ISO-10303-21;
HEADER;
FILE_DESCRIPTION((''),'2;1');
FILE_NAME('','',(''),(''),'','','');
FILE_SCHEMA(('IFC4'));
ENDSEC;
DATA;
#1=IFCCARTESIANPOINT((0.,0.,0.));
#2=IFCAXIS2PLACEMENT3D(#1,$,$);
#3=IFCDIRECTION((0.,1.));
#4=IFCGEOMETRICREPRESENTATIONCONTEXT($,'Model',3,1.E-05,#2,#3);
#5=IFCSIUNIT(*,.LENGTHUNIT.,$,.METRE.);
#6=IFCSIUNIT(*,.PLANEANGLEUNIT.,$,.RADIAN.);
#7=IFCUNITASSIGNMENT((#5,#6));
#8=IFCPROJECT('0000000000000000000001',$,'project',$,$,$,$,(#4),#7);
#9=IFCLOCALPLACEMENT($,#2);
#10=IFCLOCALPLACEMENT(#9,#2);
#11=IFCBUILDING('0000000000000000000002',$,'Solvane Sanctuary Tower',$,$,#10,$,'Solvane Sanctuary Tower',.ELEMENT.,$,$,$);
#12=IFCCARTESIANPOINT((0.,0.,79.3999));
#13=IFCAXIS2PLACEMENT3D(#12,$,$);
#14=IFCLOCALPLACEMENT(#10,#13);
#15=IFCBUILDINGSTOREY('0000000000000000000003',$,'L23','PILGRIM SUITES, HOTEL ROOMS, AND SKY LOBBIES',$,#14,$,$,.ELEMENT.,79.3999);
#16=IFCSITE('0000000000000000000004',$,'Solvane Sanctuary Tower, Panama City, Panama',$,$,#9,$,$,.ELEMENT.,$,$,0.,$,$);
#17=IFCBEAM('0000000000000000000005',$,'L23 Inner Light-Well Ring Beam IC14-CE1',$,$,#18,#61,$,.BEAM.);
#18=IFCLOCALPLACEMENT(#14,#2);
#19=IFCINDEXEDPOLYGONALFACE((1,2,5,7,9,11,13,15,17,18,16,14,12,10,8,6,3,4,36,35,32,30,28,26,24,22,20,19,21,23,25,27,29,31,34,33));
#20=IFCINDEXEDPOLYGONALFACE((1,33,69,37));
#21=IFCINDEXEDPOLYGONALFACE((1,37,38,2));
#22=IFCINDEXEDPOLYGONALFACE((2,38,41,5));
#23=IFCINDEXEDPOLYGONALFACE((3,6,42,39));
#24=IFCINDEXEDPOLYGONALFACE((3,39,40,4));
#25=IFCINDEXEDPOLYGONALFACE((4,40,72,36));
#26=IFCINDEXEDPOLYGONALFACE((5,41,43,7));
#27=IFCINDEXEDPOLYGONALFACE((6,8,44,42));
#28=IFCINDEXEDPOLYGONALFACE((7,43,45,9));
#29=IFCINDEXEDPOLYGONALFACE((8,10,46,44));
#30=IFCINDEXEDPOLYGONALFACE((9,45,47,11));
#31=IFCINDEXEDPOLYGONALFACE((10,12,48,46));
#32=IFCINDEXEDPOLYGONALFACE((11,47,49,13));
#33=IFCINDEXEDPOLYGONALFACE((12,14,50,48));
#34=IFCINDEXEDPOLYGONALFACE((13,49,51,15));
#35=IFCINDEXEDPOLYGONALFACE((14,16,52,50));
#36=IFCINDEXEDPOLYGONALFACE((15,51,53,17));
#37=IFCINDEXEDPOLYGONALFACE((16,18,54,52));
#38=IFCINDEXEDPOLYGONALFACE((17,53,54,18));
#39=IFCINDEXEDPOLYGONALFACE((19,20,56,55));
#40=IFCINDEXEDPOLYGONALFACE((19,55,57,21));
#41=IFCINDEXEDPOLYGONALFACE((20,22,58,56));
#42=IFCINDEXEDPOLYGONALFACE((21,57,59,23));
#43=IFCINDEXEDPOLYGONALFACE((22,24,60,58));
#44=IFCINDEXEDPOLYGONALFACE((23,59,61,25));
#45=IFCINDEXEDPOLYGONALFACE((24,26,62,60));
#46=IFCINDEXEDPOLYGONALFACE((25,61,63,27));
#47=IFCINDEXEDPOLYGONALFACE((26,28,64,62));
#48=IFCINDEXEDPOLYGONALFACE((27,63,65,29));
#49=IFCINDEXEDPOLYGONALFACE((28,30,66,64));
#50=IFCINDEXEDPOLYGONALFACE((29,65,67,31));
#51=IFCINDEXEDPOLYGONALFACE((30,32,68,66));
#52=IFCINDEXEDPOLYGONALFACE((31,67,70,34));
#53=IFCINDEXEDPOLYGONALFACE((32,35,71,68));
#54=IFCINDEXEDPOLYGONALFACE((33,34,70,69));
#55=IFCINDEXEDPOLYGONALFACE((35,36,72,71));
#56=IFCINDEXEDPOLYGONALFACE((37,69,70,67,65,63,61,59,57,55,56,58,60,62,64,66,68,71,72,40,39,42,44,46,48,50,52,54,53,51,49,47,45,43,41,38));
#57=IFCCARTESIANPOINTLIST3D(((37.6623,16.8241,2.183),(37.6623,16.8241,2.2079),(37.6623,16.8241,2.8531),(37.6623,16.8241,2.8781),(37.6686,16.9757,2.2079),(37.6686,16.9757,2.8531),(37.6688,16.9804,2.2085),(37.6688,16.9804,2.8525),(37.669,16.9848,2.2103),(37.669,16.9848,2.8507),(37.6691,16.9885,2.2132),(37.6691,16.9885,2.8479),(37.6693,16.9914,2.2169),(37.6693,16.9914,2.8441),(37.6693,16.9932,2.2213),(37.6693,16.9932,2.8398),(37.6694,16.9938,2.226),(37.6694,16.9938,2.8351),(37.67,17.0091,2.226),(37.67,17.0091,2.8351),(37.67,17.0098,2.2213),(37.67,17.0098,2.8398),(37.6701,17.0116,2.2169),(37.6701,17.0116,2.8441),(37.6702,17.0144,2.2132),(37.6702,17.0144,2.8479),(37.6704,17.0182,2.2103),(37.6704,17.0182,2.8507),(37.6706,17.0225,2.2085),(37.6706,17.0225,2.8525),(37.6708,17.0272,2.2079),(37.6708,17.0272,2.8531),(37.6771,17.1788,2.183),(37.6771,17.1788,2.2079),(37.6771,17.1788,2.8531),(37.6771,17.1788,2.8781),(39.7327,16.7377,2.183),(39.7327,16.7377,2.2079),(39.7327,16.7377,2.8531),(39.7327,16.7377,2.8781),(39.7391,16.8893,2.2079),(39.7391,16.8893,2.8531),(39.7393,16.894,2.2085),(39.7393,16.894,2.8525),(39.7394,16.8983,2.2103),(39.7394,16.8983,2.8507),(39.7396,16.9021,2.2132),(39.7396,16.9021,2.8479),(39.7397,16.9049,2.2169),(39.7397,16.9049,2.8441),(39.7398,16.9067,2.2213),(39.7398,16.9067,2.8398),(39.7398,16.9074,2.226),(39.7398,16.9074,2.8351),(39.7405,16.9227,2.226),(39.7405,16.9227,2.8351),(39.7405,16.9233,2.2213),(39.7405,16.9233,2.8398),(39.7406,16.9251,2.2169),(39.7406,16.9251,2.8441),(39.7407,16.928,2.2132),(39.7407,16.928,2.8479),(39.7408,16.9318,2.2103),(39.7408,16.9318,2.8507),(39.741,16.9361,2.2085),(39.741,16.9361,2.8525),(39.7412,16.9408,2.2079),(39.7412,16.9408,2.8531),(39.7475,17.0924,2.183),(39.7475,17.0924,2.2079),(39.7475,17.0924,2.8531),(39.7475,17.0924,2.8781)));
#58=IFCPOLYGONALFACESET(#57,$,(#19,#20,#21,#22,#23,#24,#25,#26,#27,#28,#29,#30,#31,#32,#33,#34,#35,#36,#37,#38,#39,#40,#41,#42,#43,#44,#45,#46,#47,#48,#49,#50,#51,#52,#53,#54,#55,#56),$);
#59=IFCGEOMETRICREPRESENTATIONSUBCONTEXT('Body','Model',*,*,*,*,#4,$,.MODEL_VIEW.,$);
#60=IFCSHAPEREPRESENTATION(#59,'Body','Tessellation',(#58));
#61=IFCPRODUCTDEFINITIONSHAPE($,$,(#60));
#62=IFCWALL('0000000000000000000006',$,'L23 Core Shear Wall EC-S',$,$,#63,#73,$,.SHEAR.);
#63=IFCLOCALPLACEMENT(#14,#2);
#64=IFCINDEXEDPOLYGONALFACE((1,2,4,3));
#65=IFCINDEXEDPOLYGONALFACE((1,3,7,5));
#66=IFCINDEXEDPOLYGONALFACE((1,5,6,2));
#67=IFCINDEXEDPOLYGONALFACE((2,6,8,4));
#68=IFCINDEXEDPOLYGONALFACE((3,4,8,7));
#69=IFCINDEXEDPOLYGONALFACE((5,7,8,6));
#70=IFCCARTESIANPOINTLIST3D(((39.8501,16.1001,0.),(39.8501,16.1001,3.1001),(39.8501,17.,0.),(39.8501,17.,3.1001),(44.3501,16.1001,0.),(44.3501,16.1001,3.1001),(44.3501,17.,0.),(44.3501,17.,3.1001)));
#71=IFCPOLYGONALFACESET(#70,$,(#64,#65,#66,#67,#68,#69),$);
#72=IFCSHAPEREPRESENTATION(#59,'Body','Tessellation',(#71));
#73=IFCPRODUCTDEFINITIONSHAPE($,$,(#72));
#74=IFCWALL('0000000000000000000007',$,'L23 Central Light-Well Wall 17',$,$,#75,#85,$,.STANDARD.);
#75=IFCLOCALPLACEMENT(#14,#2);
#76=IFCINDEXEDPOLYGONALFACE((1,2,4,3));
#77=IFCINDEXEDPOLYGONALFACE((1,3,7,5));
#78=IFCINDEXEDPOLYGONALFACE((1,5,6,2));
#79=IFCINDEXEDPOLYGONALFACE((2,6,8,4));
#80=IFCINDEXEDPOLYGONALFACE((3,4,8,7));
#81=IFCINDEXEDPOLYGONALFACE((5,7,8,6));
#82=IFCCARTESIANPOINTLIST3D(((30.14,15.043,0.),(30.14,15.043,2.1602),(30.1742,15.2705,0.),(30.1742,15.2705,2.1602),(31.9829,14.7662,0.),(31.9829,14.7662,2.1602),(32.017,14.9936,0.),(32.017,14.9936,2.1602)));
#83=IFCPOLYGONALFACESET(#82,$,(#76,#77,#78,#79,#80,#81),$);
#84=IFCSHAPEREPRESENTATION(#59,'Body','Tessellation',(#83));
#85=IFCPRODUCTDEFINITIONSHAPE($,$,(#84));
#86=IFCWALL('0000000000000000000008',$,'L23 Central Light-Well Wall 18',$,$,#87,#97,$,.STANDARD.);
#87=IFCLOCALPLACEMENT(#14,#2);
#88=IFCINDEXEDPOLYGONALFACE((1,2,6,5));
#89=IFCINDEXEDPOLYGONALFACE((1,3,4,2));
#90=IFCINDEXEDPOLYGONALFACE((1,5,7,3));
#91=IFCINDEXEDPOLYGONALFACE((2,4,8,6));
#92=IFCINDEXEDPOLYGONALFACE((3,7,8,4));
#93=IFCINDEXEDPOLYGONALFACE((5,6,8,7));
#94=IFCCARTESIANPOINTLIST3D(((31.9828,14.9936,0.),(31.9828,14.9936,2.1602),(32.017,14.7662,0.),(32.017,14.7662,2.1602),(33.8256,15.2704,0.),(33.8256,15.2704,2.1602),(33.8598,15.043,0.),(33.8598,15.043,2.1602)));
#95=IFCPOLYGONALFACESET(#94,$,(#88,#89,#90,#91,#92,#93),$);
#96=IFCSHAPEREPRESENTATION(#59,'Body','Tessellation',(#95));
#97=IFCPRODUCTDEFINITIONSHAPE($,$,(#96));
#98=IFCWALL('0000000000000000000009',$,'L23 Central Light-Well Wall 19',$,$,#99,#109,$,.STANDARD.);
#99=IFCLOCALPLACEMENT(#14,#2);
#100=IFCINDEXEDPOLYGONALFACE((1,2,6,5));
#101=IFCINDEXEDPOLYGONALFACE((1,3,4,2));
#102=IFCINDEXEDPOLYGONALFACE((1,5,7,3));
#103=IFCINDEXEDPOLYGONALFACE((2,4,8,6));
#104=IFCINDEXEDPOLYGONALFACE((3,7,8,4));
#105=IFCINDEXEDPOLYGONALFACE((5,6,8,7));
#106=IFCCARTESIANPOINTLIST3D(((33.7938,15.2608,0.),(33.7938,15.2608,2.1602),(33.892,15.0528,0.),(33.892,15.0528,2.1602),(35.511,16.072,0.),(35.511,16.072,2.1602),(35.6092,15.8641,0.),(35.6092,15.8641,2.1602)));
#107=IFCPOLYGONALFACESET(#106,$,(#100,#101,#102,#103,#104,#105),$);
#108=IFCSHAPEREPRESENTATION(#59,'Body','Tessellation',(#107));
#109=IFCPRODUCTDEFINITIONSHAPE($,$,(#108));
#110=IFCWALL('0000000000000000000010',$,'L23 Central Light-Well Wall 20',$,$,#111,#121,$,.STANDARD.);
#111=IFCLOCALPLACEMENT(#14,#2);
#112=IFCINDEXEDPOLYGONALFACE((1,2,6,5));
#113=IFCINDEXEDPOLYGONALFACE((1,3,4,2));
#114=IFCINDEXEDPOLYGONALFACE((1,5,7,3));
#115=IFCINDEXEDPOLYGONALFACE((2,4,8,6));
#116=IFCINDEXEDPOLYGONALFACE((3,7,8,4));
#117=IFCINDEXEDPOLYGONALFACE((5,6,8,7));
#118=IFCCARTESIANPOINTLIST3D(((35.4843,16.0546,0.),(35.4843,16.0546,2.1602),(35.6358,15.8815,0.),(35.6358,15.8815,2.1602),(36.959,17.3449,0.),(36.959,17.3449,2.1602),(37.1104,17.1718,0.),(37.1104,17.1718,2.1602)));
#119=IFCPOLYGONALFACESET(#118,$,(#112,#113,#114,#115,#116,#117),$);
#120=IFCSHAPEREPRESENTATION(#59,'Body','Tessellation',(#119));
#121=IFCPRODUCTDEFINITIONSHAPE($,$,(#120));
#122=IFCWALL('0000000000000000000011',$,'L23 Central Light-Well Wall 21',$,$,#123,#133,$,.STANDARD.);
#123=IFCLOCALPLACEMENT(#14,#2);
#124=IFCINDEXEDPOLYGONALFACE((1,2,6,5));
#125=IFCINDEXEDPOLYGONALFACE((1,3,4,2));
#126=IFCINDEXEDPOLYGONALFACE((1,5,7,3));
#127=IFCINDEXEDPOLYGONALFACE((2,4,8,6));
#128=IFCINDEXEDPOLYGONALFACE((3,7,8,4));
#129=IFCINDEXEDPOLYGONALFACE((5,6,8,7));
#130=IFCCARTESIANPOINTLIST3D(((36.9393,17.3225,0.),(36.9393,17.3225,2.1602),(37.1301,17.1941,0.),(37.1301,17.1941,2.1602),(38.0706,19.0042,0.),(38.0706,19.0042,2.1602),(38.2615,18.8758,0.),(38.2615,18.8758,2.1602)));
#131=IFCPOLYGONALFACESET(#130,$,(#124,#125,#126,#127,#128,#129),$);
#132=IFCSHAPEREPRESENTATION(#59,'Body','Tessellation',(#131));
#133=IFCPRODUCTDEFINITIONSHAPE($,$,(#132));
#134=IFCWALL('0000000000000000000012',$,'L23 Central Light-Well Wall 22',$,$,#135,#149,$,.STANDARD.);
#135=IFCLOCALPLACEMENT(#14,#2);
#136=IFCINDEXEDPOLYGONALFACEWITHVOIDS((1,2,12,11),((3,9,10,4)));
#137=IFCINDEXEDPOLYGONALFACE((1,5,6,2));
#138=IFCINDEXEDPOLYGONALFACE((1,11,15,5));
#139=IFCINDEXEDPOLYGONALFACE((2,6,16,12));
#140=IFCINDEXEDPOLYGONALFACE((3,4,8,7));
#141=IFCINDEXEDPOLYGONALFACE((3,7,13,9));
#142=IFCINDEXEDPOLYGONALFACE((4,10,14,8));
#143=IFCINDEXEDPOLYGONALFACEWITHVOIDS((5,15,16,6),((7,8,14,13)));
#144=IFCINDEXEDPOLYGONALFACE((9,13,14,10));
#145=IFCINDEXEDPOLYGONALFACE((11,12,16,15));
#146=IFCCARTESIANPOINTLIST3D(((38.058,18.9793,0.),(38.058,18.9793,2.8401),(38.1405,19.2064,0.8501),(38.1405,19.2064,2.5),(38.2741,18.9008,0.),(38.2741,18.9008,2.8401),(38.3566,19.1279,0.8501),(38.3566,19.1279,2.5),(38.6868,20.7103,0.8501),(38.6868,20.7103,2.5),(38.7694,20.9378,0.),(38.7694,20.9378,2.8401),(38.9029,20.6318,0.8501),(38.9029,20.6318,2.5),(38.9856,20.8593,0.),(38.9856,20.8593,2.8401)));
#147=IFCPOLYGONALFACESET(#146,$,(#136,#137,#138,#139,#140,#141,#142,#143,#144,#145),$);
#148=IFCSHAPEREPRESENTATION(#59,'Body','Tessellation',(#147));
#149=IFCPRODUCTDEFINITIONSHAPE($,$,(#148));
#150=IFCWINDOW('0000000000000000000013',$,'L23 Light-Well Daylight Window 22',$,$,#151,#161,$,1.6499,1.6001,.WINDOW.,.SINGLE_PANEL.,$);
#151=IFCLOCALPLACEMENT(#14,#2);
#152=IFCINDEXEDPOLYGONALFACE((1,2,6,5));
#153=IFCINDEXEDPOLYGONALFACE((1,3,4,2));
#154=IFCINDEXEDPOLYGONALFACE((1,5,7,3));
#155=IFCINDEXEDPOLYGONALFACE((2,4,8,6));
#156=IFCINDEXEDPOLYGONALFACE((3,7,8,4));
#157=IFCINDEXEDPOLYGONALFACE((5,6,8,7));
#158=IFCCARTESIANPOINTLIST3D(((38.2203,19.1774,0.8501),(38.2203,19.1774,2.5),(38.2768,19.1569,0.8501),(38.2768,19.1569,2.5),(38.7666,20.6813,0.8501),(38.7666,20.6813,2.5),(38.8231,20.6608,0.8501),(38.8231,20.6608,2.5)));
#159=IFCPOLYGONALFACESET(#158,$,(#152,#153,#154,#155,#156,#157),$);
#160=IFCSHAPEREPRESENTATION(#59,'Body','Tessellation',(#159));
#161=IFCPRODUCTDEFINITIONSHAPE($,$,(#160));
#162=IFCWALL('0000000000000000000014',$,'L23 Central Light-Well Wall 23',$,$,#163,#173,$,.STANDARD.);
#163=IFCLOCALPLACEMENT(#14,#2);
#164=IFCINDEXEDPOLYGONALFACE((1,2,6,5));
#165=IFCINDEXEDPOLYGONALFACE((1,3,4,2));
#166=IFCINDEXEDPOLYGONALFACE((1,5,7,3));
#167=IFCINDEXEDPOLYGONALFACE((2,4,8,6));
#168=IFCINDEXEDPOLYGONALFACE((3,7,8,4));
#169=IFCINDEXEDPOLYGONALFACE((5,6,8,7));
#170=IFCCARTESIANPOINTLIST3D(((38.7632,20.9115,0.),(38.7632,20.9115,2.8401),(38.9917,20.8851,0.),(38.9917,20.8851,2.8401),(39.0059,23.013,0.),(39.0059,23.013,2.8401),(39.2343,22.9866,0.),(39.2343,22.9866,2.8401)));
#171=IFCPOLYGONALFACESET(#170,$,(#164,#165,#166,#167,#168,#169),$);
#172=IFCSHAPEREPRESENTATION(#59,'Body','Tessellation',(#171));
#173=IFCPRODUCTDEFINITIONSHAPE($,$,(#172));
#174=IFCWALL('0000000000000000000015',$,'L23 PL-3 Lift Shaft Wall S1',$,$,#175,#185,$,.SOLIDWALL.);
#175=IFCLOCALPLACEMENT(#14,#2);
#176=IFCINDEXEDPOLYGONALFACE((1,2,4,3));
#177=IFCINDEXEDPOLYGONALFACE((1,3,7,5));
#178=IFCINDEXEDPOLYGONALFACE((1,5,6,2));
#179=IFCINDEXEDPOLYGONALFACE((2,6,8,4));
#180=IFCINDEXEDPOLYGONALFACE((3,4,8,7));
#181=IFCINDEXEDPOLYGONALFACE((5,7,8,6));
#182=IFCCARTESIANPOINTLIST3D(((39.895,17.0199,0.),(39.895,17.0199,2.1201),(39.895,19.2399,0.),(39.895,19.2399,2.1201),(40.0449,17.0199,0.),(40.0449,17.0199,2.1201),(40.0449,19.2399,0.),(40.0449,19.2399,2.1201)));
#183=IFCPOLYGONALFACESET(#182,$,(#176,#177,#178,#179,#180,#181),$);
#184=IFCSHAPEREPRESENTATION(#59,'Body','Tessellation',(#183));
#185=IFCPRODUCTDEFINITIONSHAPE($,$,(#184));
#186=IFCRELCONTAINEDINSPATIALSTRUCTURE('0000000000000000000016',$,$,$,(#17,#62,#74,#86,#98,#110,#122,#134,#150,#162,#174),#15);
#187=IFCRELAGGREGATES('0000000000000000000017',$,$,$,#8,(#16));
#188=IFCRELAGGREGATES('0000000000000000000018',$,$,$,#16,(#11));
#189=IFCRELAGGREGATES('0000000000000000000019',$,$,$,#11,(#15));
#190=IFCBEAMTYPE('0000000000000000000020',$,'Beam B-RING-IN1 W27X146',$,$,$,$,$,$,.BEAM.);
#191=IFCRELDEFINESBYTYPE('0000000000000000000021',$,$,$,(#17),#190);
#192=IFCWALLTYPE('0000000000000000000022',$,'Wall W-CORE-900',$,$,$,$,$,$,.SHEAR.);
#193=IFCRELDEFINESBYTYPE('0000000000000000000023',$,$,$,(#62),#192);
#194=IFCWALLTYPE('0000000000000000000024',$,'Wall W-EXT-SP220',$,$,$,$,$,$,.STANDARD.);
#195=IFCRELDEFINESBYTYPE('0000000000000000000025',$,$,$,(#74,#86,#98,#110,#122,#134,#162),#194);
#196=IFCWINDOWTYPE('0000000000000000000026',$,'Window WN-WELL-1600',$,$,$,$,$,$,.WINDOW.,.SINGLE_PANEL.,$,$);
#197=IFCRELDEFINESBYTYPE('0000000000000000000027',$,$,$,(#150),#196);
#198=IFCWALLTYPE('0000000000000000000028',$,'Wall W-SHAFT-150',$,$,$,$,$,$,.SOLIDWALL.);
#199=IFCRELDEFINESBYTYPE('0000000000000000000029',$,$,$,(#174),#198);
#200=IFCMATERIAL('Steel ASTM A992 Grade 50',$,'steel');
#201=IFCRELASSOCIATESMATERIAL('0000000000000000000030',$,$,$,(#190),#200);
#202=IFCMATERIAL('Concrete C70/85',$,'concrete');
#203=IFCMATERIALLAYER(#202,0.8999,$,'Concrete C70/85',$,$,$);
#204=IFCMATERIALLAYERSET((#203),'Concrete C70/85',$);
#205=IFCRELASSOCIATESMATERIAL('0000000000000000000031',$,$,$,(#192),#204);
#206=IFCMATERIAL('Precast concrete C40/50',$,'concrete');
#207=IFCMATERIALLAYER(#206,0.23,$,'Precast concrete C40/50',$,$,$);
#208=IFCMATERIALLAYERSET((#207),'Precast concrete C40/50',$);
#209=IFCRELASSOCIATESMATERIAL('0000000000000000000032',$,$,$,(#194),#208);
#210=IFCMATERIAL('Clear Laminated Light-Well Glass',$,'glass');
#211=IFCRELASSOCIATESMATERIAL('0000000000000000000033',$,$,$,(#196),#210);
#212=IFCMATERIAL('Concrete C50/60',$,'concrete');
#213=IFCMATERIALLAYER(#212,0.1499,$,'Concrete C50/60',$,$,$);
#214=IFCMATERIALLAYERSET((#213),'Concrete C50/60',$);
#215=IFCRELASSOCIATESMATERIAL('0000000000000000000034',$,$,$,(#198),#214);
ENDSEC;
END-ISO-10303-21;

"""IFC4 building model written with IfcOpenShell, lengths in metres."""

from ifc_helpers import new_model, si_unit, direction, frame, frame_2d, origin, origin_2d, place, context, subcontext, project, spatial, rectangle, i_section, extrude, material, layer, layer_set, material_profile, profile_set, type_object, element, fill, save


model = new_model("IFC4")

# Units and contexts
model_context = context("Model", 3, precision=1e-05, world=origin(), true_north=direction((0.0, 1.0)))
body_context = subcontext(model_context, "Body", "Model", "MODEL_VIEW")
ifc_project = project(units=[si_unit("LENGTHUNIT", "METRE"), si_unit("PLANEANGLEUNIT", "RADIAN")], contexts=[model_context])

# Site, building, storey
site_placement = place(None, origin())
site = spatial("IfcSite", under=ifc_project, at=site_placement, Name="Solvane Sanctuary Tower, Panama City, Panama", CompositionType="ELEMENT", RefElevation=0.0)
building_placement = place(site_placement, origin())
building = spatial("IfcBuilding", under=site, at=building_placement, Name="Solvane Sanctuary Tower", LongName="Solvane Sanctuary Tower", CompositionType="ELEMENT")
storey_placement = place(building_placement, frame((0.0, 0.0, 79.3999)))
storey = spatial("IfcBuildingStorey", under=building, at=storey_placement, Name="L23", Description="PILGRIM SUITES, HOTEL ROOMS, AND SKY LOBBIES", CompositionType="ELEMENT", Elevation=79.3999)

# Beam
ifc_material_1 = material(Name="Steel ASTM A992 Grade 50", Category="steel")
ifc_material_profile_1 = material_profile(ifc_material_1, i_section(OverallWidth=0.355, OverallDepth=0.6951, WebThickness=0.0154, FlangeThickness=0.0249, FilletRadius=0.0181, at=origin_2d()), Name="W27X146")
ifc_profile_set_1 = profile_set([ifc_material_profile_1], Name="Steel ASTM A992 Grade 50")
beam_type_1 = type_object("IfcBeamType", Name="Beam B-RING-IN1 W27X146", PredefinedType="BEAM", material=ifc_profile_set_1)
beam_1_placement = place(storey_placement, frame((37.6697, 17.0015, 2.5305), z_axis=(0.99913, -0.041704, 0.0), x_axis=(0.041704, 0.99913, 0.0)))
element("IfcBeam", 1, at=beam_1_placement, inside=storey, type_object=beam_type_1, Name="L23 Inner Light-Well Ring Beam IC14-CE1", PredefinedType="BEAM", context=body_context, shape_type="SweptSolid", body=[
    extrude(i_section(OverallWidth=0.355, OverallDepth=0.6951, WebThickness=0.0154, FlangeThickness=0.0249, FilletRadius=0.0181, at=origin_2d()), origin(), (0.0, 0.0, 1.0), 2.0723),
])

# Walls
ifc_material_2 = material(Name="Concrete C70/85", Category="concrete")
ifc_layer_1 = layer(ifc_material_2, 0.8999, Name="Concrete C70/85")
ifc_layer_set_1 = layer_set([ifc_layer_1], Name="Concrete C70/85")
wall_type_1 = type_object("IfcWallType", Name="Wall W-CORE-900", PredefinedType="SHEAR", material=ifc_layer_set_1)
wall_1_placement = place(storey_placement, frame((39.8501, 16.55, 0.0), z_axis=(0.0, 0.0, 1.0), x_axis=(1.0, 0.0, 0.0)))
element("IfcWall", 2, at=wall_1_placement, inside=storey, type_object=wall_type_1, Name="L23 Core Shear Wall EC-S", PredefinedType="SHEAR", context=body_context, shape_type="SweptSolid", body=[
    extrude(rectangle(XDim=4.5, YDim=0.8999, at=frame_2d((2.25, 0.0))), origin(), (0.0, 0.0, 1.0), 3.1001),
])
ifc_material_3 = material(Name="Precast concrete C40/50", Category="concrete")
ifc_layer_2 = layer(ifc_material_3, 0.23, Name="Precast concrete C40/50")
ifc_layer_set_2 = layer_set([ifc_layer_2], Name="Precast concrete C40/50")
wall_type_2 = type_object("IfcWallType", Name="Wall W-EXT-SP220", PredefinedType="STANDARD", material=ifc_layer_set_2)
for number, where, z_axis, x_axis, name in (
    (3, (30.1572, 15.1567, 0.0), (0.0, 0.0, 1.0), (0.988902, -0.148571, 0.0), "L23 Central Light-Well Wall 17"),
    (4, (32.0, 14.8799, 0.0), (0.0, 0.0, 1.0), (0.988902, 0.148571, 0.0), "L23 Central Light-Well Wall 18"),
):
    element("IfcWall", number, at=place(storey_placement, frame(where, z_axis=z_axis, x_axis=x_axis)), inside=storey, type_object=wall_type_2, Name=name, PredefinedType="STANDARD", context=body_context, shape_type="SweptSolid", body=[
        extrude(rectangle(XDim=1.8635, YDim=0.23, at=frame_2d((0.9316, 0.0))), origin(), (0.0, 0.0, 1.0), 2.1602),
    ])
wall_2_placement = place(storey_placement, frame((33.8428, 15.1567, 0.0), z_axis=(0.0, 0.0, 1.0), x_axis=(0.90418, 0.427152, 0.0)))
element("IfcWall", 5, at=wall_2_placement, inside=storey, type_object=wall_type_2, Name="L23 Central Light-Well Wall 19", PredefinedType="STANDARD", context=body_context, shape_type="SweptSolid", body=[
    extrude(rectangle(XDim=1.8992, YDim=0.23, at=frame_2d((0.9497, 0.0))), origin(), (0.0, 0.0, 1.0), 2.1602),
])
wall_3_placement = place(storey_placement, frame((35.5601, 15.968, 0.0), z_axis=(0.0, 0.0, 1.0), x_axis=(0.752577, 0.658505, 0.0)))
element("IfcWall", 6, at=wall_3_placement, inside=storey, type_object=wall_type_2, Name="L23 Central Light-Well Wall 20", PredefinedType="STANDARD", context=body_context, shape_type="SweptSolid", body=[
    extrude(rectangle(XDim=1.9595, YDim=0.23, at=frame_2d((0.9797, 0.0))), origin(), (0.0, 0.0, 1.0), 2.1602),
])
wall_4_placement = place(storey_placement, frame((37.0347, 17.2583, 0.0), z_axis=(0.0, 0.0, 1.0), x_axis=(0.558198, 0.829708, 0.0)))
element("IfcWall", 7, at=wall_4_placement, inside=storey, type_object=wall_type_2, Name="L23 Central Light-Well Wall 21", PredefinedType="STANDARD", context=body_context, shape_type="SweptSolid", body=[
    extrude(rectangle(XDim=2.0269, YDim=0.23, at=frame_2d((1.0134, 0.0))), origin(), (0.0, 0.0, 1.0), 2.1602),
])

# Wall, opening, window
wall_5_placement = place(storey_placement, frame((38.166, 18.9399, 0.0), z_axis=(0.0, 0.0, 1.0), x_axis=(0.341423, 0.93991, 0.0)))
wall_5 = element("IfcWall", 8, at=wall_5_placement, inside=storey, type_object=wall_type_2, Name="L23 Central Light-Well Wall 22", PredefinedType="STANDARD", context=body_context, shape_type="SweptSolid", body=[
    extrude(rectangle(XDim=2.0837, YDim=0.23, at=frame_2d((1.042, 0.0))), origin(), (0.0, 0.0, 1.0), 2.8401),
])
opening_placement = place(wall_5_placement, frame((0.2417, 0.0, 0.8501)))
opening = element("IfcOpeningElement", 9, at=opening_placement, cuts=wall_5, PredefinedType="OPENING", context=body_context, shape_type="SweptSolid", body=[
    extrude(rectangle(XDim=1.6001, YDim=1.6499, at=frame_2d((0.8, 0.825))), frame((0.0, 0.125, 0.0), z_axis=(0.0, -1.0, 0.0), x_axis=(1.0, 0.0, 0.0)), (0.0, 0.0, 1.0), 0.25),
])
ifc_material_4 = material(Name="Clear Laminated Light-Well Glass", Category="glass")
window_type = type_object("IfcWindowType", Name="Window WN-WELL-1600", PartitioningType="SINGLE_PANEL", PredefinedType="WINDOW", material=ifc_material_4)
window_placement = place(opening_placement, origin())
window = element("IfcWindow", 10, at=window_placement, inside=storey, type_object=window_type, Name="L23 Light-Well Daylight Window 22", OverallHeight=1.6499, OverallWidth=1.6001, PartitioningType="SINGLE_PANEL", PredefinedType="WINDOW", context=body_context, shape_type="SweptSolid", body=[
    extrude(rectangle(XDim=1.6001, YDim=1.6499, at=frame_2d((0.8, 0.825))), frame((0.0, 0.03, 0.0), z_axis=(0.0, -1.0, 0.0), x_axis=(1.0, 0.0, 0.0)), (0.0, 0.0, 1.0), 0.0601),
])
fill(opening, window)

# Walls
wall_6_placement = place(storey_placement, frame((38.8774, 20.8984, 0.0), z_axis=(0.0, 0.0, 1.0), x_axis=(0.114712, 0.993399, 0.0)))
element("IfcWall", 11, at=wall_6_placement, inside=storey, type_object=wall_type_2, Name="L23 Central Light-Well Wall 23", PredefinedType="STANDARD", context=body_context, shape_type="SweptSolid", body=[
    extrude(rectangle(XDim=2.1155, YDim=0.23, at=frame_2d((1.0576, 0.0))), origin(), (0.0, 0.0, 1.0), 2.8401),
])
ifc_material_5 = material(Name="Concrete C50/60", Category="concrete")
ifc_layer_3 = layer(ifc_material_5, 0.1499, Name="Concrete C50/60")
ifc_layer_set_3 = layer_set([ifc_layer_3], Name="Concrete C50/60")
wall_type_3 = type_object("IfcWallType", Name="Wall W-SHAFT-150", PredefinedType="SOLIDWALL", material=ifc_layer_set_3)
wall_7_placement = place(storey_placement, frame((39.97, 17.02, 0.0), z_axis=(0.0, 0.0, 1.0), x_axis=(0.0, 1.0, 0.0)))
element("IfcWall", 12, at=wall_7_placement, inside=storey, type_object=wall_type_3, Name="L23 PL-3 Lift Shaft Wall S1", PredefinedType="SOLIDWALL", context=body_context, shape_type="SweptSolid", body=[
    extrude(rectangle(XDim=2.22, YDim=0.1499, at=frame_2d((1.1099, 0.0))), origin(), (0.0, 0.0, 1.0), 2.1201),
])

save(model, "model.ifc")
